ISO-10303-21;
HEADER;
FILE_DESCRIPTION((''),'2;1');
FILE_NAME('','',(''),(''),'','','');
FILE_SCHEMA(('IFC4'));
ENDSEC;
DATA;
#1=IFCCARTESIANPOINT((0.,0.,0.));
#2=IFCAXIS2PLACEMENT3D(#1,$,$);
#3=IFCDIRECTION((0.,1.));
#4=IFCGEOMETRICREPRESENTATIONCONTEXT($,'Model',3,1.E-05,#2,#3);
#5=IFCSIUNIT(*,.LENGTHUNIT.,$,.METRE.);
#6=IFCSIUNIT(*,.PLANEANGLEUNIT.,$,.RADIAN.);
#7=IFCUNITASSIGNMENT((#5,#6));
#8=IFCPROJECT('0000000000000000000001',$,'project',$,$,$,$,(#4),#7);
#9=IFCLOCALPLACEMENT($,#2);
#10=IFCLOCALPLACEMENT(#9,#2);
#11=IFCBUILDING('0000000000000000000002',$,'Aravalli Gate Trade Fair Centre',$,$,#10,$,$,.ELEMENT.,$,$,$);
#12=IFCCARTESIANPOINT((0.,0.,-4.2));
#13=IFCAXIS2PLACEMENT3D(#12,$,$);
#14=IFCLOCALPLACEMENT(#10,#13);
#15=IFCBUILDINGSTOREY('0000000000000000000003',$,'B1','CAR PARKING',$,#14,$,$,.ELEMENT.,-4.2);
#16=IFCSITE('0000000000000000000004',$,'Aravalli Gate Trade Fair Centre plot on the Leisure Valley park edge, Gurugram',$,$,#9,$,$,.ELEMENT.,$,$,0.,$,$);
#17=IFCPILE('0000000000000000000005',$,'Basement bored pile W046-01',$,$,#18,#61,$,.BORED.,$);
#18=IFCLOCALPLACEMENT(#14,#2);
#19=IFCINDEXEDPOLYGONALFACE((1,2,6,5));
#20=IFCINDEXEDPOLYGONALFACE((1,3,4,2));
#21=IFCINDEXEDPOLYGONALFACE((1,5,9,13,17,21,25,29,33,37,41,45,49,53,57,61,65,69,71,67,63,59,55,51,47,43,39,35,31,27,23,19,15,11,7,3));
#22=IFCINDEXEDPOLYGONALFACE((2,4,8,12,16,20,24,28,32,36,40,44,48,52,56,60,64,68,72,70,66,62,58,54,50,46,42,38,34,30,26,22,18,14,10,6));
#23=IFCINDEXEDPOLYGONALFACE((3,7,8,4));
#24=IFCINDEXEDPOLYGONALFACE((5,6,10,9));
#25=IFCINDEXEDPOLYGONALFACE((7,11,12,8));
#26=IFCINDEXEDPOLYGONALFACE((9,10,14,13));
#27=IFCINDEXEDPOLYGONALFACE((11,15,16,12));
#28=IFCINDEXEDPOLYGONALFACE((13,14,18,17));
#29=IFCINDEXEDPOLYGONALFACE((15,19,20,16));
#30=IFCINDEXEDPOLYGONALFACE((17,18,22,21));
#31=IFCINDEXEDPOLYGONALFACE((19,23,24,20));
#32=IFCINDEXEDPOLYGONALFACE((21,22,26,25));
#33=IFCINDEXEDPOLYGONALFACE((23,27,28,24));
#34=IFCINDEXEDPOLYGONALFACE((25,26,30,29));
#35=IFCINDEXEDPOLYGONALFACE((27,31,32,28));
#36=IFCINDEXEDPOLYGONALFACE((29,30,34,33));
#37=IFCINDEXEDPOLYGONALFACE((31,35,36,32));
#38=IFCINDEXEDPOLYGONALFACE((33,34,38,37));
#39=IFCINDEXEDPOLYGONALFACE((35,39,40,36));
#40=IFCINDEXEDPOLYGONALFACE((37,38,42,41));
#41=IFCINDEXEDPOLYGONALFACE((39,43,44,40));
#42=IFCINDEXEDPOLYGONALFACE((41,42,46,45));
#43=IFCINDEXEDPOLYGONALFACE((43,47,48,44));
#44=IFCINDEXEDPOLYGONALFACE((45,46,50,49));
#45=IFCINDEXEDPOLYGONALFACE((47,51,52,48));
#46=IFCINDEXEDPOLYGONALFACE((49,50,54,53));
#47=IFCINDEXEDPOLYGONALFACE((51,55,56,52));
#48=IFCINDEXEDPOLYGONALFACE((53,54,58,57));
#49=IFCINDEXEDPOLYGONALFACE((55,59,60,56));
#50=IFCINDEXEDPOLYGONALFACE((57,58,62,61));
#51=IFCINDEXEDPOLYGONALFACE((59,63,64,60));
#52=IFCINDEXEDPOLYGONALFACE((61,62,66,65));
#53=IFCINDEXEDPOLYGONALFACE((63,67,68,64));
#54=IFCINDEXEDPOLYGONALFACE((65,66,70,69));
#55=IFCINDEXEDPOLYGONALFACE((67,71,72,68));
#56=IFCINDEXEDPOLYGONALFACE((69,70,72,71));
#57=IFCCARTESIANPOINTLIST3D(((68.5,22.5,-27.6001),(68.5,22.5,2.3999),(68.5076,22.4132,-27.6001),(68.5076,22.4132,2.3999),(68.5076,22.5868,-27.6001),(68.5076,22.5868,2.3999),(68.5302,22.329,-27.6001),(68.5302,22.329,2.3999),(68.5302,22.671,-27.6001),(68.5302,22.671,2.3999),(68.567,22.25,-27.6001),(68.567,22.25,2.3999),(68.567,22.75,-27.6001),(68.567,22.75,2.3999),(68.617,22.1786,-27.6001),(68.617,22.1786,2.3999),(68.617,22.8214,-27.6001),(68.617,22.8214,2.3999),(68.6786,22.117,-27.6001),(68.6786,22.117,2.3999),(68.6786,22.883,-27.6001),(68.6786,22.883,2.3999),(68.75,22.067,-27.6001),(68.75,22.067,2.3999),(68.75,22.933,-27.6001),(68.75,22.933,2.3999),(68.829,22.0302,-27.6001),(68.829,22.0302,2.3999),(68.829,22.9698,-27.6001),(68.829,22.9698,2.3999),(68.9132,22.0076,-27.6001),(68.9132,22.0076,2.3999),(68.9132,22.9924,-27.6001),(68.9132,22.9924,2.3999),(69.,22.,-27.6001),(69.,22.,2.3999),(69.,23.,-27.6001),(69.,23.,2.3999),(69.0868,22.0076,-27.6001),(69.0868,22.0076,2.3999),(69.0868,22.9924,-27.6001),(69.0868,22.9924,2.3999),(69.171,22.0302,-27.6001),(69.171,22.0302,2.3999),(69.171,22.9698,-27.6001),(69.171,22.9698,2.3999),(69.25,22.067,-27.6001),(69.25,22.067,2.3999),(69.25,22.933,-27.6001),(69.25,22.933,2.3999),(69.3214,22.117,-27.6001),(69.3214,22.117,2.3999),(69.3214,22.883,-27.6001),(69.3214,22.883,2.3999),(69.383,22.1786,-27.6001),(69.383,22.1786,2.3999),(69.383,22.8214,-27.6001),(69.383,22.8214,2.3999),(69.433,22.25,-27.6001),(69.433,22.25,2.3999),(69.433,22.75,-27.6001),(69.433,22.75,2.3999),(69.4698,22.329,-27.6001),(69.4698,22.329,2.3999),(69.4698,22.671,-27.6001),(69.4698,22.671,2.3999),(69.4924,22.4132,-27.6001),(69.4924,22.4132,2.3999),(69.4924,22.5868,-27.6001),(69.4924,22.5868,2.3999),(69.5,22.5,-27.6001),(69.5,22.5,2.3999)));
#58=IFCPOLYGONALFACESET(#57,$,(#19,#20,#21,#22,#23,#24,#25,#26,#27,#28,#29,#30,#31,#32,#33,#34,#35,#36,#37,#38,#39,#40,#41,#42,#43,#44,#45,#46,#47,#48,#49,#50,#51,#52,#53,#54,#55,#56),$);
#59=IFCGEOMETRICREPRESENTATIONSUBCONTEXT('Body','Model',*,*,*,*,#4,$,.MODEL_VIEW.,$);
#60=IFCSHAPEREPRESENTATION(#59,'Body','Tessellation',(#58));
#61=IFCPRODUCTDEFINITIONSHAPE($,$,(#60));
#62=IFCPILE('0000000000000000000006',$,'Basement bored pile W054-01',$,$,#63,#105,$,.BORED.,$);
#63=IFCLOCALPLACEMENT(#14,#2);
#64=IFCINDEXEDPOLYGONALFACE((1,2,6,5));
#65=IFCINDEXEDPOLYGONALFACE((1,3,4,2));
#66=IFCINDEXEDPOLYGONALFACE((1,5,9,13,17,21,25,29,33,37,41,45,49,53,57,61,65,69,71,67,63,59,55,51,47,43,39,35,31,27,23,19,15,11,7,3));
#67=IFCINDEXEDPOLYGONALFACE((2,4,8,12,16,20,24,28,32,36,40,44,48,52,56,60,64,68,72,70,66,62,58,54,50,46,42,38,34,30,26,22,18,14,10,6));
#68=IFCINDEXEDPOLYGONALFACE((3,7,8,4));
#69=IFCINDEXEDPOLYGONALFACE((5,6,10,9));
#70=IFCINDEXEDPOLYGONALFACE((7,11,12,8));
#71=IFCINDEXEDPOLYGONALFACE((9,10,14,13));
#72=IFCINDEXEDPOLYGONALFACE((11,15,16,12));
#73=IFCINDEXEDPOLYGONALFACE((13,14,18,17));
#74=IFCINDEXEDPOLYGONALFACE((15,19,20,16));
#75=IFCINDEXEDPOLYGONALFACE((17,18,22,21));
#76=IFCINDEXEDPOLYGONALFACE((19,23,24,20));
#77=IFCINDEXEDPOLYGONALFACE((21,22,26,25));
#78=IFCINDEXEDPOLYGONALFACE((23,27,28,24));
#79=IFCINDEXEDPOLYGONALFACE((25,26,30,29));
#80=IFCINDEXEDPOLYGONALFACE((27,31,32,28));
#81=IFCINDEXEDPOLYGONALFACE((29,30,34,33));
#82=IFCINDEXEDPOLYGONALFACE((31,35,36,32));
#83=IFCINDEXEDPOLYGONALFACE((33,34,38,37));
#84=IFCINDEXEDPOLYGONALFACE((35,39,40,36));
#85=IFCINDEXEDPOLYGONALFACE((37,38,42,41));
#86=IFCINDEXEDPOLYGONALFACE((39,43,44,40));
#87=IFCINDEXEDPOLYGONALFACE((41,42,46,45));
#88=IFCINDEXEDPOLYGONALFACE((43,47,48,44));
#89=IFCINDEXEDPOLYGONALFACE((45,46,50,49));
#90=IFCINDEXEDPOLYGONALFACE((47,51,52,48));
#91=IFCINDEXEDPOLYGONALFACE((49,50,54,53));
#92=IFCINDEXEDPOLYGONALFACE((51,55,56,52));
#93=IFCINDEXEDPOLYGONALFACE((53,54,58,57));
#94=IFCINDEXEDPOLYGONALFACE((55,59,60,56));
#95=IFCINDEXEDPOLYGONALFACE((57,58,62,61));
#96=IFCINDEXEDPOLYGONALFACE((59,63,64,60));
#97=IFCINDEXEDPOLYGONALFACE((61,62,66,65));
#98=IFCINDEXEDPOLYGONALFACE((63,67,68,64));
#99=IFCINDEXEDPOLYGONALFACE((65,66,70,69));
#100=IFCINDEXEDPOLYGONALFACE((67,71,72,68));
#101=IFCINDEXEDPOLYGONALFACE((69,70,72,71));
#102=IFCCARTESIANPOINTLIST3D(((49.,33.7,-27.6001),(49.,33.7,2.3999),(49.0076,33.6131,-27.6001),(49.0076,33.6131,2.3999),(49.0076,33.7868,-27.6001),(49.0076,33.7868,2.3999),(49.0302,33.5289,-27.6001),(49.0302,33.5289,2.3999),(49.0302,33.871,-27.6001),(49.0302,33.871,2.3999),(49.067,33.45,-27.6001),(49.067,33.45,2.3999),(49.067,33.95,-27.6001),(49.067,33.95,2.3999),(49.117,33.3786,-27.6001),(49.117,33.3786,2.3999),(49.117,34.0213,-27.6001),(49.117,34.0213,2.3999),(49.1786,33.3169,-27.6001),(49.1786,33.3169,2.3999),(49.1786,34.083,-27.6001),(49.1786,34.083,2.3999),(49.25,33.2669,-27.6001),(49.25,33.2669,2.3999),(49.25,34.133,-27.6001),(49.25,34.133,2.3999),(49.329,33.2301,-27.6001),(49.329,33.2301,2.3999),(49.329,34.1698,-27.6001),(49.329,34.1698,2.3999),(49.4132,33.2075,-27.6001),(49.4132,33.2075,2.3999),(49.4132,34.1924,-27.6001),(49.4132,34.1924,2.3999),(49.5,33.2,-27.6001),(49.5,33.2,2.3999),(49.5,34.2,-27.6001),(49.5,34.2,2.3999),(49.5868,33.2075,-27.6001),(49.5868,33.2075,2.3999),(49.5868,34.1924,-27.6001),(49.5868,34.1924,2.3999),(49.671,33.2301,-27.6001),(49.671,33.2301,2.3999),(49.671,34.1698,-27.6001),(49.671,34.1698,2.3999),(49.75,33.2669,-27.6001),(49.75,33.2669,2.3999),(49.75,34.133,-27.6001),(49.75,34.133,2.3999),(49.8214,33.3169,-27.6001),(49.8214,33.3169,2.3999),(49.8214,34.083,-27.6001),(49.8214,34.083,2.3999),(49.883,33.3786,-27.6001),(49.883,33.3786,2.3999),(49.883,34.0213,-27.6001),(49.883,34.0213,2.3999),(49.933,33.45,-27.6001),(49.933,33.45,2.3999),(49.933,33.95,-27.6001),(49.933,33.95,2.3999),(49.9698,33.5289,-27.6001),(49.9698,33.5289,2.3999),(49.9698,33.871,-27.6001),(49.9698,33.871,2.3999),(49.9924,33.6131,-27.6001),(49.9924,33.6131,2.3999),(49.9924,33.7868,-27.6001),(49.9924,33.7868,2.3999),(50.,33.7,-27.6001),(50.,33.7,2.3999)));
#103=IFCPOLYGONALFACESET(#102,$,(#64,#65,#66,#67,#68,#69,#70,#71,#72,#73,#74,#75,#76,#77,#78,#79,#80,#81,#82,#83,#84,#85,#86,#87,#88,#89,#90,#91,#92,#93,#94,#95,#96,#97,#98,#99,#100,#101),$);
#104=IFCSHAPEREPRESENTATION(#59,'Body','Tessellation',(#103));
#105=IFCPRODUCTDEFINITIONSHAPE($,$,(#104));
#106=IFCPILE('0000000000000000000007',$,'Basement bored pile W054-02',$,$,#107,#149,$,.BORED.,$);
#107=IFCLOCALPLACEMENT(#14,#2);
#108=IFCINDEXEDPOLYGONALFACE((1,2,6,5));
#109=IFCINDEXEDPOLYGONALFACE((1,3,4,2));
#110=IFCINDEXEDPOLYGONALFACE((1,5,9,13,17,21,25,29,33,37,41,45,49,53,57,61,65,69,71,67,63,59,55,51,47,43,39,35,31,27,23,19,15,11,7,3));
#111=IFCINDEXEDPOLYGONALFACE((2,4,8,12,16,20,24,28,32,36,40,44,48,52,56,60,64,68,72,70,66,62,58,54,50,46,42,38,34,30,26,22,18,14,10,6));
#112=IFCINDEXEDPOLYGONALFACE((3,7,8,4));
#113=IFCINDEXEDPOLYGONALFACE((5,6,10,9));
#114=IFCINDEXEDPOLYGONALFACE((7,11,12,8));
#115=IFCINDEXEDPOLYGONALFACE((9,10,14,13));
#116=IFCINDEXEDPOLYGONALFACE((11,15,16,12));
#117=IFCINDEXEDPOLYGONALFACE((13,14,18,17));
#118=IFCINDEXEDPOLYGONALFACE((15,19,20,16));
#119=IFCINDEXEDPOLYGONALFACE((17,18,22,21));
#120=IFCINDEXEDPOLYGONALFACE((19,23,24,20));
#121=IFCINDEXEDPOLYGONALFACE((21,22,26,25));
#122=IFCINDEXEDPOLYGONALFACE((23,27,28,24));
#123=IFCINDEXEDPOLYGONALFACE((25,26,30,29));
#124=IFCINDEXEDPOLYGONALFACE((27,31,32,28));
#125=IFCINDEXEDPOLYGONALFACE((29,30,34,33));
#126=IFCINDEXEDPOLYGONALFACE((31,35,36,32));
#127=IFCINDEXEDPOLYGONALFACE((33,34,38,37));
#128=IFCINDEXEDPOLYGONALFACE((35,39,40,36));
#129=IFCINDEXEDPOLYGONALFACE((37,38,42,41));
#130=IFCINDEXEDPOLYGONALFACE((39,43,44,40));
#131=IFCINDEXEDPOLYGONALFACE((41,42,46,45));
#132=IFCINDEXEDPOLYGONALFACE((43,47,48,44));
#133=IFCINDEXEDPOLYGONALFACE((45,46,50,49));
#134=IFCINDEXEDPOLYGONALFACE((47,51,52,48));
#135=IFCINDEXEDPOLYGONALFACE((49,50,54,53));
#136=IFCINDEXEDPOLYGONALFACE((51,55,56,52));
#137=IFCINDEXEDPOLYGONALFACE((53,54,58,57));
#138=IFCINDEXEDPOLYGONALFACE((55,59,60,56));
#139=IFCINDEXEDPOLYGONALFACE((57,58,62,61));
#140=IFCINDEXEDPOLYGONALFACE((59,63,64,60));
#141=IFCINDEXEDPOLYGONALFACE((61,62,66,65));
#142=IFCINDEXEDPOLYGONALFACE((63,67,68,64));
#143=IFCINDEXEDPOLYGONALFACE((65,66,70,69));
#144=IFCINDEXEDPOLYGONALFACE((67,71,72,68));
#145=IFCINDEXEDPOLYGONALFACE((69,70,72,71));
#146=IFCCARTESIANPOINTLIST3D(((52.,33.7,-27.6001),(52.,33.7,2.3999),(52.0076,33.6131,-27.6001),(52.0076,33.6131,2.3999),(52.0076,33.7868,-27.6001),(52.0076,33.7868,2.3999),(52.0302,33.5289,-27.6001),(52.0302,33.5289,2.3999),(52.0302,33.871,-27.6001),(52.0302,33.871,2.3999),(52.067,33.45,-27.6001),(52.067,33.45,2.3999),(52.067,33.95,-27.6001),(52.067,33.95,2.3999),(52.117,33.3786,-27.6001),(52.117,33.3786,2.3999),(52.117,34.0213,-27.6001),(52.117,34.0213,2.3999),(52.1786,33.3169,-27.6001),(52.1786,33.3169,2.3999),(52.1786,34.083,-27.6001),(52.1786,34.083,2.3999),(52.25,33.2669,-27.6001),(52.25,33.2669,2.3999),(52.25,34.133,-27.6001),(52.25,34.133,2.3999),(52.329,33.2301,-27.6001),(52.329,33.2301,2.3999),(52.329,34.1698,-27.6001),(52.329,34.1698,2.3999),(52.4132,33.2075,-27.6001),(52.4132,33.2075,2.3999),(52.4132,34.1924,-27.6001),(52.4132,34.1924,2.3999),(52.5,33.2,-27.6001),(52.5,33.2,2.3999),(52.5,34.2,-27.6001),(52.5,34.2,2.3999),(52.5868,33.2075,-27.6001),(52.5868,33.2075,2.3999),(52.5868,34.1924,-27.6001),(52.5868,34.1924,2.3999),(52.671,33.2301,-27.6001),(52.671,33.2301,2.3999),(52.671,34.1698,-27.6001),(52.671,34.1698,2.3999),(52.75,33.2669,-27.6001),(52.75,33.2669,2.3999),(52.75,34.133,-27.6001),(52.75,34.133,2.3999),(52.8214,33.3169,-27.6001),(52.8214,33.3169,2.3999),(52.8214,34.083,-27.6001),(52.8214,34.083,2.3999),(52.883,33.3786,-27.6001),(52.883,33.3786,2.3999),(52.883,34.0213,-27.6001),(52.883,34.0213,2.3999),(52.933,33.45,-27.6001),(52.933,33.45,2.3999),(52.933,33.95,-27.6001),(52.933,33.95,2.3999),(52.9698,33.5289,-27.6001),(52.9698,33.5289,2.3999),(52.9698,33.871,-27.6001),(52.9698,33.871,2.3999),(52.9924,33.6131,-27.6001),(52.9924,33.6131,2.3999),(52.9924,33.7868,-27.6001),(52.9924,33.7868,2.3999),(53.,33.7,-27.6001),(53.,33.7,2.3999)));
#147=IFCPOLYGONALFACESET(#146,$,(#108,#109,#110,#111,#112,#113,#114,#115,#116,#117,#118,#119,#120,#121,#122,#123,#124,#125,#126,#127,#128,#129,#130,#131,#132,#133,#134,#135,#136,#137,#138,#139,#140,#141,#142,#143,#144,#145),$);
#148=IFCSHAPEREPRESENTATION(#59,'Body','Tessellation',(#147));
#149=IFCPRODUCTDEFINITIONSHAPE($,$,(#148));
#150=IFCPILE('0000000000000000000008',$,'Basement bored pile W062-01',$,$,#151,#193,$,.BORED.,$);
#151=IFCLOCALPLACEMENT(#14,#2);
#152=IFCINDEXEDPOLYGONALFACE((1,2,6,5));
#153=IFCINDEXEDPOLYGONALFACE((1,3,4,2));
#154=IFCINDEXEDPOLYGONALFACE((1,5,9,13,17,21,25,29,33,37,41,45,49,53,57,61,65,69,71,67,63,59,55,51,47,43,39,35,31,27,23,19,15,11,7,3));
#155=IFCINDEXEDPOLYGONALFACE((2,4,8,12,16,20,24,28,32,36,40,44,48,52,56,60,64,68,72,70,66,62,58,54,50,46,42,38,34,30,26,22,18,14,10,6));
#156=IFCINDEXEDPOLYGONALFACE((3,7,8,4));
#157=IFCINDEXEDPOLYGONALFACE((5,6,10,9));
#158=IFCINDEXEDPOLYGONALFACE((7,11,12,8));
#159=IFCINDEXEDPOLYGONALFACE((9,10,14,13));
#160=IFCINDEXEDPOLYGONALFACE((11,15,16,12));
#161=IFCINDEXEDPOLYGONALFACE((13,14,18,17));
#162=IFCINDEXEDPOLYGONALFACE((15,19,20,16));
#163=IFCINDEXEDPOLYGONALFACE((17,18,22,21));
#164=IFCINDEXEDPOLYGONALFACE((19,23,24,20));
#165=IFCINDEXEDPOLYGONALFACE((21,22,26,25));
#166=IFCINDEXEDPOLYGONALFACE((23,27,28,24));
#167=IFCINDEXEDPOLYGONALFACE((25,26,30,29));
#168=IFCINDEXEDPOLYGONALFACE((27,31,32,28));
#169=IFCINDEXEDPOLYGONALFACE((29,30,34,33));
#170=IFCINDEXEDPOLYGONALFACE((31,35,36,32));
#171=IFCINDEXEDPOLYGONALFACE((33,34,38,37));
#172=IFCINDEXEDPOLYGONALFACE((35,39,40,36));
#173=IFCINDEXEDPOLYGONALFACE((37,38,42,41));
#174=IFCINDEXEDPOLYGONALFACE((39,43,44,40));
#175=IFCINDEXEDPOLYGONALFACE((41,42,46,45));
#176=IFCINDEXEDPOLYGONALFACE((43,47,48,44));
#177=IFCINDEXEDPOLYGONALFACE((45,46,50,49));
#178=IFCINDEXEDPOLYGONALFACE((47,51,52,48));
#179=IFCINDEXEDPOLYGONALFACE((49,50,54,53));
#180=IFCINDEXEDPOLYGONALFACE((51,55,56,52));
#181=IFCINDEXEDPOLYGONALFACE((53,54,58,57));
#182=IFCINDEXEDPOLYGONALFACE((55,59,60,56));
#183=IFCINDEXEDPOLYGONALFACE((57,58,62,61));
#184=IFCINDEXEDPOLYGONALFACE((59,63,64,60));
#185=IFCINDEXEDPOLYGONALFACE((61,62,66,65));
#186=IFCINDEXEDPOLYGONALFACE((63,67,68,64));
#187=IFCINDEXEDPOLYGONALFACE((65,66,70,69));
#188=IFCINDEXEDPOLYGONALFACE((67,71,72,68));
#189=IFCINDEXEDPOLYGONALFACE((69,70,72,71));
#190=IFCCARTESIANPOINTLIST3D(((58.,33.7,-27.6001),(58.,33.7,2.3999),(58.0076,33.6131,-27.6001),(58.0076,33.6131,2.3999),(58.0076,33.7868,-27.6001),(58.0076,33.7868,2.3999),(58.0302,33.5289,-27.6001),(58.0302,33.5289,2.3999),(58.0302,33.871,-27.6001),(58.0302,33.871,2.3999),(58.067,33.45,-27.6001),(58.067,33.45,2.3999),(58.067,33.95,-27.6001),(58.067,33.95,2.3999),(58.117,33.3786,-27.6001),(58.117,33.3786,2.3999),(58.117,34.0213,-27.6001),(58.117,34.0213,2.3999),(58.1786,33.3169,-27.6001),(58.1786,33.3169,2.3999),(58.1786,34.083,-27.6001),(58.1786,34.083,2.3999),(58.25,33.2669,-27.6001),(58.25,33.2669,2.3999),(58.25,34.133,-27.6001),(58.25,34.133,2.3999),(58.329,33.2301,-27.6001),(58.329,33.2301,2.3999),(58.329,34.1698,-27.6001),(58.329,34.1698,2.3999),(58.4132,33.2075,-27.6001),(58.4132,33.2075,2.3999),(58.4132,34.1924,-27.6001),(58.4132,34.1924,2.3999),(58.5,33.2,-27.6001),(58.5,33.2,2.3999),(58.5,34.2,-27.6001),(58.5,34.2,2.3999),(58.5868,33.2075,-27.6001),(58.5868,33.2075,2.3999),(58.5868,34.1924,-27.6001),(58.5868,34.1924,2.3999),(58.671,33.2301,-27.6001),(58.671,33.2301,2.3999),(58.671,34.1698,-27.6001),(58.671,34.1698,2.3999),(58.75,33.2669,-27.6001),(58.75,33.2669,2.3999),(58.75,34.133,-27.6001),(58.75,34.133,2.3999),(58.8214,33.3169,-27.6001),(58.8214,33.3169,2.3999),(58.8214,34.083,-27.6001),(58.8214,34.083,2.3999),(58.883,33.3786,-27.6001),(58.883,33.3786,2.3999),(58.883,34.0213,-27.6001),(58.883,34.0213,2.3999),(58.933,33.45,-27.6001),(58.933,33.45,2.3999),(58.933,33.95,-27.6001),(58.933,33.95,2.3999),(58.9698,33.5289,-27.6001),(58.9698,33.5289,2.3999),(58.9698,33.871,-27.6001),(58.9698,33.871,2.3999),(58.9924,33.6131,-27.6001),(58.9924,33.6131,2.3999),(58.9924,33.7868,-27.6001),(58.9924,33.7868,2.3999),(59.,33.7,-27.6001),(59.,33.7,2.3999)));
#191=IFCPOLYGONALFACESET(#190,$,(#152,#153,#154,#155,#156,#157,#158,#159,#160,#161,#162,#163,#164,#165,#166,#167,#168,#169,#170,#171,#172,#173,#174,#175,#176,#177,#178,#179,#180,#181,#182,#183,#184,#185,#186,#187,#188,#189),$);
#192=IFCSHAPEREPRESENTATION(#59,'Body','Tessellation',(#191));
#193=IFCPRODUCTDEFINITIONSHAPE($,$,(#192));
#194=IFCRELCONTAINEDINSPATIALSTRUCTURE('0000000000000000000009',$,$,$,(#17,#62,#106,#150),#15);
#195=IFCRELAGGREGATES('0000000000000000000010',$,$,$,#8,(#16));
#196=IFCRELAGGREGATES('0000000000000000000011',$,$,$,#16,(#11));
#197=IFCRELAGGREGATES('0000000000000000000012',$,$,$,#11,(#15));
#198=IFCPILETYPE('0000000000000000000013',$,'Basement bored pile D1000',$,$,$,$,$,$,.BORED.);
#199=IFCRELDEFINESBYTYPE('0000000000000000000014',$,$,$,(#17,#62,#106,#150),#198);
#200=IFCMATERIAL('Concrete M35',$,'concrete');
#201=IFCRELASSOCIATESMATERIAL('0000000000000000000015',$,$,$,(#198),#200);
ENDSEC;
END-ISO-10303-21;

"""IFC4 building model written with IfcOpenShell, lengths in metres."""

from ifc_helpers import new_model, si_unit, direction, frame, origin, origin_2d, place, context, subcontext, project, spatial, circle, extrude, material, material_profile, profile_set, type_object, element, save


model = new_model("IFC4")

# Units and contexts
model_context = context("Model", 3, precision=1e-05, world=origin(), true_north=direction((0.0, 1.0)))
body_context = subcontext(model_context, "Body", "Model", "MODEL_VIEW")
ifc_project = project(units=[si_unit("LENGTHUNIT", "METRE"), si_unit("PLANEANGLEUNIT", "RADIAN")], contexts=[model_context])

# Site, building, storey
site_placement = place(None, origin())
site = spatial("IfcSite", under=ifc_project, at=site_placement, Name="Aravalli Gate Trade Fair Centre plot on the Leisure Valley park edge, Gurugram", CompositionType="ELEMENT", RefElevation=0.0)
building_placement = place(site_placement, origin())
building = spatial("IfcBuilding", under=site, at=building_placement, Name="Aravalli Gate Trade Fair Centre", CompositionType="ELEMENT")
storey_placement = place(building_placement, frame((0.0, 0.0, -4.2)))
storey = spatial("IfcBuildingStorey", under=building, at=storey_placement, Name="B1", Description="CAR PARKING", CompositionType="ELEMENT", Elevation=-4.2)

# Piles
ifc_material_1 = material(Name="Concrete M35", Category="concrete")
ifc_material_profile = material_profile(ifc_material_1, circle(Radius=0.5, at=origin_2d()), Name="D1000")
ifc_profile_set = profile_set([ifc_material_profile], Name="Concrete M35")
pile_type = type_object("IfcPileType", Name="Basement bored pile D1000", PredefinedType="BORED", material=ifc_profile_set)
for number, where, z_axis, x_axis, name in (
    (1, (69.0, 22.5, 2.3999), (0.0, 0.0, -1.0), (1.0, 0.0, 0.0), "Basement bored pile W046-01"),
    (2, (49.5, 33.7, 2.3999), (0.0, 0.0, -1.0), (1.0, 0.0, 0.0), "Basement bored pile W054-01"),
    (3, (52.5, 33.7, 2.3999), (0.0, 0.0, -1.0), (1.0, 0.0, 0.0), "Basement bored pile W054-02"),
    (4, (58.5, 33.7, 2.3999), (0.0, 0.0, -1.0), (1.0, 0.0, 0.0), "Basement bored pile W062-01"),
):
    element("IfcPile", number, at=place(storey_placement, frame(where, z_axis=z_axis, x_axis=x_axis)), inside=storey, type_object=pile_type, Name=name, PredefinedType="BORED", context=body_context, shape_type="SweptSolid", body=[
        extrude(circle(Radius=0.5, at=origin_2d()), origin(), (0.0, 0.0, 1.0), 30.0),
    ])

save(model, "model.ifc")
